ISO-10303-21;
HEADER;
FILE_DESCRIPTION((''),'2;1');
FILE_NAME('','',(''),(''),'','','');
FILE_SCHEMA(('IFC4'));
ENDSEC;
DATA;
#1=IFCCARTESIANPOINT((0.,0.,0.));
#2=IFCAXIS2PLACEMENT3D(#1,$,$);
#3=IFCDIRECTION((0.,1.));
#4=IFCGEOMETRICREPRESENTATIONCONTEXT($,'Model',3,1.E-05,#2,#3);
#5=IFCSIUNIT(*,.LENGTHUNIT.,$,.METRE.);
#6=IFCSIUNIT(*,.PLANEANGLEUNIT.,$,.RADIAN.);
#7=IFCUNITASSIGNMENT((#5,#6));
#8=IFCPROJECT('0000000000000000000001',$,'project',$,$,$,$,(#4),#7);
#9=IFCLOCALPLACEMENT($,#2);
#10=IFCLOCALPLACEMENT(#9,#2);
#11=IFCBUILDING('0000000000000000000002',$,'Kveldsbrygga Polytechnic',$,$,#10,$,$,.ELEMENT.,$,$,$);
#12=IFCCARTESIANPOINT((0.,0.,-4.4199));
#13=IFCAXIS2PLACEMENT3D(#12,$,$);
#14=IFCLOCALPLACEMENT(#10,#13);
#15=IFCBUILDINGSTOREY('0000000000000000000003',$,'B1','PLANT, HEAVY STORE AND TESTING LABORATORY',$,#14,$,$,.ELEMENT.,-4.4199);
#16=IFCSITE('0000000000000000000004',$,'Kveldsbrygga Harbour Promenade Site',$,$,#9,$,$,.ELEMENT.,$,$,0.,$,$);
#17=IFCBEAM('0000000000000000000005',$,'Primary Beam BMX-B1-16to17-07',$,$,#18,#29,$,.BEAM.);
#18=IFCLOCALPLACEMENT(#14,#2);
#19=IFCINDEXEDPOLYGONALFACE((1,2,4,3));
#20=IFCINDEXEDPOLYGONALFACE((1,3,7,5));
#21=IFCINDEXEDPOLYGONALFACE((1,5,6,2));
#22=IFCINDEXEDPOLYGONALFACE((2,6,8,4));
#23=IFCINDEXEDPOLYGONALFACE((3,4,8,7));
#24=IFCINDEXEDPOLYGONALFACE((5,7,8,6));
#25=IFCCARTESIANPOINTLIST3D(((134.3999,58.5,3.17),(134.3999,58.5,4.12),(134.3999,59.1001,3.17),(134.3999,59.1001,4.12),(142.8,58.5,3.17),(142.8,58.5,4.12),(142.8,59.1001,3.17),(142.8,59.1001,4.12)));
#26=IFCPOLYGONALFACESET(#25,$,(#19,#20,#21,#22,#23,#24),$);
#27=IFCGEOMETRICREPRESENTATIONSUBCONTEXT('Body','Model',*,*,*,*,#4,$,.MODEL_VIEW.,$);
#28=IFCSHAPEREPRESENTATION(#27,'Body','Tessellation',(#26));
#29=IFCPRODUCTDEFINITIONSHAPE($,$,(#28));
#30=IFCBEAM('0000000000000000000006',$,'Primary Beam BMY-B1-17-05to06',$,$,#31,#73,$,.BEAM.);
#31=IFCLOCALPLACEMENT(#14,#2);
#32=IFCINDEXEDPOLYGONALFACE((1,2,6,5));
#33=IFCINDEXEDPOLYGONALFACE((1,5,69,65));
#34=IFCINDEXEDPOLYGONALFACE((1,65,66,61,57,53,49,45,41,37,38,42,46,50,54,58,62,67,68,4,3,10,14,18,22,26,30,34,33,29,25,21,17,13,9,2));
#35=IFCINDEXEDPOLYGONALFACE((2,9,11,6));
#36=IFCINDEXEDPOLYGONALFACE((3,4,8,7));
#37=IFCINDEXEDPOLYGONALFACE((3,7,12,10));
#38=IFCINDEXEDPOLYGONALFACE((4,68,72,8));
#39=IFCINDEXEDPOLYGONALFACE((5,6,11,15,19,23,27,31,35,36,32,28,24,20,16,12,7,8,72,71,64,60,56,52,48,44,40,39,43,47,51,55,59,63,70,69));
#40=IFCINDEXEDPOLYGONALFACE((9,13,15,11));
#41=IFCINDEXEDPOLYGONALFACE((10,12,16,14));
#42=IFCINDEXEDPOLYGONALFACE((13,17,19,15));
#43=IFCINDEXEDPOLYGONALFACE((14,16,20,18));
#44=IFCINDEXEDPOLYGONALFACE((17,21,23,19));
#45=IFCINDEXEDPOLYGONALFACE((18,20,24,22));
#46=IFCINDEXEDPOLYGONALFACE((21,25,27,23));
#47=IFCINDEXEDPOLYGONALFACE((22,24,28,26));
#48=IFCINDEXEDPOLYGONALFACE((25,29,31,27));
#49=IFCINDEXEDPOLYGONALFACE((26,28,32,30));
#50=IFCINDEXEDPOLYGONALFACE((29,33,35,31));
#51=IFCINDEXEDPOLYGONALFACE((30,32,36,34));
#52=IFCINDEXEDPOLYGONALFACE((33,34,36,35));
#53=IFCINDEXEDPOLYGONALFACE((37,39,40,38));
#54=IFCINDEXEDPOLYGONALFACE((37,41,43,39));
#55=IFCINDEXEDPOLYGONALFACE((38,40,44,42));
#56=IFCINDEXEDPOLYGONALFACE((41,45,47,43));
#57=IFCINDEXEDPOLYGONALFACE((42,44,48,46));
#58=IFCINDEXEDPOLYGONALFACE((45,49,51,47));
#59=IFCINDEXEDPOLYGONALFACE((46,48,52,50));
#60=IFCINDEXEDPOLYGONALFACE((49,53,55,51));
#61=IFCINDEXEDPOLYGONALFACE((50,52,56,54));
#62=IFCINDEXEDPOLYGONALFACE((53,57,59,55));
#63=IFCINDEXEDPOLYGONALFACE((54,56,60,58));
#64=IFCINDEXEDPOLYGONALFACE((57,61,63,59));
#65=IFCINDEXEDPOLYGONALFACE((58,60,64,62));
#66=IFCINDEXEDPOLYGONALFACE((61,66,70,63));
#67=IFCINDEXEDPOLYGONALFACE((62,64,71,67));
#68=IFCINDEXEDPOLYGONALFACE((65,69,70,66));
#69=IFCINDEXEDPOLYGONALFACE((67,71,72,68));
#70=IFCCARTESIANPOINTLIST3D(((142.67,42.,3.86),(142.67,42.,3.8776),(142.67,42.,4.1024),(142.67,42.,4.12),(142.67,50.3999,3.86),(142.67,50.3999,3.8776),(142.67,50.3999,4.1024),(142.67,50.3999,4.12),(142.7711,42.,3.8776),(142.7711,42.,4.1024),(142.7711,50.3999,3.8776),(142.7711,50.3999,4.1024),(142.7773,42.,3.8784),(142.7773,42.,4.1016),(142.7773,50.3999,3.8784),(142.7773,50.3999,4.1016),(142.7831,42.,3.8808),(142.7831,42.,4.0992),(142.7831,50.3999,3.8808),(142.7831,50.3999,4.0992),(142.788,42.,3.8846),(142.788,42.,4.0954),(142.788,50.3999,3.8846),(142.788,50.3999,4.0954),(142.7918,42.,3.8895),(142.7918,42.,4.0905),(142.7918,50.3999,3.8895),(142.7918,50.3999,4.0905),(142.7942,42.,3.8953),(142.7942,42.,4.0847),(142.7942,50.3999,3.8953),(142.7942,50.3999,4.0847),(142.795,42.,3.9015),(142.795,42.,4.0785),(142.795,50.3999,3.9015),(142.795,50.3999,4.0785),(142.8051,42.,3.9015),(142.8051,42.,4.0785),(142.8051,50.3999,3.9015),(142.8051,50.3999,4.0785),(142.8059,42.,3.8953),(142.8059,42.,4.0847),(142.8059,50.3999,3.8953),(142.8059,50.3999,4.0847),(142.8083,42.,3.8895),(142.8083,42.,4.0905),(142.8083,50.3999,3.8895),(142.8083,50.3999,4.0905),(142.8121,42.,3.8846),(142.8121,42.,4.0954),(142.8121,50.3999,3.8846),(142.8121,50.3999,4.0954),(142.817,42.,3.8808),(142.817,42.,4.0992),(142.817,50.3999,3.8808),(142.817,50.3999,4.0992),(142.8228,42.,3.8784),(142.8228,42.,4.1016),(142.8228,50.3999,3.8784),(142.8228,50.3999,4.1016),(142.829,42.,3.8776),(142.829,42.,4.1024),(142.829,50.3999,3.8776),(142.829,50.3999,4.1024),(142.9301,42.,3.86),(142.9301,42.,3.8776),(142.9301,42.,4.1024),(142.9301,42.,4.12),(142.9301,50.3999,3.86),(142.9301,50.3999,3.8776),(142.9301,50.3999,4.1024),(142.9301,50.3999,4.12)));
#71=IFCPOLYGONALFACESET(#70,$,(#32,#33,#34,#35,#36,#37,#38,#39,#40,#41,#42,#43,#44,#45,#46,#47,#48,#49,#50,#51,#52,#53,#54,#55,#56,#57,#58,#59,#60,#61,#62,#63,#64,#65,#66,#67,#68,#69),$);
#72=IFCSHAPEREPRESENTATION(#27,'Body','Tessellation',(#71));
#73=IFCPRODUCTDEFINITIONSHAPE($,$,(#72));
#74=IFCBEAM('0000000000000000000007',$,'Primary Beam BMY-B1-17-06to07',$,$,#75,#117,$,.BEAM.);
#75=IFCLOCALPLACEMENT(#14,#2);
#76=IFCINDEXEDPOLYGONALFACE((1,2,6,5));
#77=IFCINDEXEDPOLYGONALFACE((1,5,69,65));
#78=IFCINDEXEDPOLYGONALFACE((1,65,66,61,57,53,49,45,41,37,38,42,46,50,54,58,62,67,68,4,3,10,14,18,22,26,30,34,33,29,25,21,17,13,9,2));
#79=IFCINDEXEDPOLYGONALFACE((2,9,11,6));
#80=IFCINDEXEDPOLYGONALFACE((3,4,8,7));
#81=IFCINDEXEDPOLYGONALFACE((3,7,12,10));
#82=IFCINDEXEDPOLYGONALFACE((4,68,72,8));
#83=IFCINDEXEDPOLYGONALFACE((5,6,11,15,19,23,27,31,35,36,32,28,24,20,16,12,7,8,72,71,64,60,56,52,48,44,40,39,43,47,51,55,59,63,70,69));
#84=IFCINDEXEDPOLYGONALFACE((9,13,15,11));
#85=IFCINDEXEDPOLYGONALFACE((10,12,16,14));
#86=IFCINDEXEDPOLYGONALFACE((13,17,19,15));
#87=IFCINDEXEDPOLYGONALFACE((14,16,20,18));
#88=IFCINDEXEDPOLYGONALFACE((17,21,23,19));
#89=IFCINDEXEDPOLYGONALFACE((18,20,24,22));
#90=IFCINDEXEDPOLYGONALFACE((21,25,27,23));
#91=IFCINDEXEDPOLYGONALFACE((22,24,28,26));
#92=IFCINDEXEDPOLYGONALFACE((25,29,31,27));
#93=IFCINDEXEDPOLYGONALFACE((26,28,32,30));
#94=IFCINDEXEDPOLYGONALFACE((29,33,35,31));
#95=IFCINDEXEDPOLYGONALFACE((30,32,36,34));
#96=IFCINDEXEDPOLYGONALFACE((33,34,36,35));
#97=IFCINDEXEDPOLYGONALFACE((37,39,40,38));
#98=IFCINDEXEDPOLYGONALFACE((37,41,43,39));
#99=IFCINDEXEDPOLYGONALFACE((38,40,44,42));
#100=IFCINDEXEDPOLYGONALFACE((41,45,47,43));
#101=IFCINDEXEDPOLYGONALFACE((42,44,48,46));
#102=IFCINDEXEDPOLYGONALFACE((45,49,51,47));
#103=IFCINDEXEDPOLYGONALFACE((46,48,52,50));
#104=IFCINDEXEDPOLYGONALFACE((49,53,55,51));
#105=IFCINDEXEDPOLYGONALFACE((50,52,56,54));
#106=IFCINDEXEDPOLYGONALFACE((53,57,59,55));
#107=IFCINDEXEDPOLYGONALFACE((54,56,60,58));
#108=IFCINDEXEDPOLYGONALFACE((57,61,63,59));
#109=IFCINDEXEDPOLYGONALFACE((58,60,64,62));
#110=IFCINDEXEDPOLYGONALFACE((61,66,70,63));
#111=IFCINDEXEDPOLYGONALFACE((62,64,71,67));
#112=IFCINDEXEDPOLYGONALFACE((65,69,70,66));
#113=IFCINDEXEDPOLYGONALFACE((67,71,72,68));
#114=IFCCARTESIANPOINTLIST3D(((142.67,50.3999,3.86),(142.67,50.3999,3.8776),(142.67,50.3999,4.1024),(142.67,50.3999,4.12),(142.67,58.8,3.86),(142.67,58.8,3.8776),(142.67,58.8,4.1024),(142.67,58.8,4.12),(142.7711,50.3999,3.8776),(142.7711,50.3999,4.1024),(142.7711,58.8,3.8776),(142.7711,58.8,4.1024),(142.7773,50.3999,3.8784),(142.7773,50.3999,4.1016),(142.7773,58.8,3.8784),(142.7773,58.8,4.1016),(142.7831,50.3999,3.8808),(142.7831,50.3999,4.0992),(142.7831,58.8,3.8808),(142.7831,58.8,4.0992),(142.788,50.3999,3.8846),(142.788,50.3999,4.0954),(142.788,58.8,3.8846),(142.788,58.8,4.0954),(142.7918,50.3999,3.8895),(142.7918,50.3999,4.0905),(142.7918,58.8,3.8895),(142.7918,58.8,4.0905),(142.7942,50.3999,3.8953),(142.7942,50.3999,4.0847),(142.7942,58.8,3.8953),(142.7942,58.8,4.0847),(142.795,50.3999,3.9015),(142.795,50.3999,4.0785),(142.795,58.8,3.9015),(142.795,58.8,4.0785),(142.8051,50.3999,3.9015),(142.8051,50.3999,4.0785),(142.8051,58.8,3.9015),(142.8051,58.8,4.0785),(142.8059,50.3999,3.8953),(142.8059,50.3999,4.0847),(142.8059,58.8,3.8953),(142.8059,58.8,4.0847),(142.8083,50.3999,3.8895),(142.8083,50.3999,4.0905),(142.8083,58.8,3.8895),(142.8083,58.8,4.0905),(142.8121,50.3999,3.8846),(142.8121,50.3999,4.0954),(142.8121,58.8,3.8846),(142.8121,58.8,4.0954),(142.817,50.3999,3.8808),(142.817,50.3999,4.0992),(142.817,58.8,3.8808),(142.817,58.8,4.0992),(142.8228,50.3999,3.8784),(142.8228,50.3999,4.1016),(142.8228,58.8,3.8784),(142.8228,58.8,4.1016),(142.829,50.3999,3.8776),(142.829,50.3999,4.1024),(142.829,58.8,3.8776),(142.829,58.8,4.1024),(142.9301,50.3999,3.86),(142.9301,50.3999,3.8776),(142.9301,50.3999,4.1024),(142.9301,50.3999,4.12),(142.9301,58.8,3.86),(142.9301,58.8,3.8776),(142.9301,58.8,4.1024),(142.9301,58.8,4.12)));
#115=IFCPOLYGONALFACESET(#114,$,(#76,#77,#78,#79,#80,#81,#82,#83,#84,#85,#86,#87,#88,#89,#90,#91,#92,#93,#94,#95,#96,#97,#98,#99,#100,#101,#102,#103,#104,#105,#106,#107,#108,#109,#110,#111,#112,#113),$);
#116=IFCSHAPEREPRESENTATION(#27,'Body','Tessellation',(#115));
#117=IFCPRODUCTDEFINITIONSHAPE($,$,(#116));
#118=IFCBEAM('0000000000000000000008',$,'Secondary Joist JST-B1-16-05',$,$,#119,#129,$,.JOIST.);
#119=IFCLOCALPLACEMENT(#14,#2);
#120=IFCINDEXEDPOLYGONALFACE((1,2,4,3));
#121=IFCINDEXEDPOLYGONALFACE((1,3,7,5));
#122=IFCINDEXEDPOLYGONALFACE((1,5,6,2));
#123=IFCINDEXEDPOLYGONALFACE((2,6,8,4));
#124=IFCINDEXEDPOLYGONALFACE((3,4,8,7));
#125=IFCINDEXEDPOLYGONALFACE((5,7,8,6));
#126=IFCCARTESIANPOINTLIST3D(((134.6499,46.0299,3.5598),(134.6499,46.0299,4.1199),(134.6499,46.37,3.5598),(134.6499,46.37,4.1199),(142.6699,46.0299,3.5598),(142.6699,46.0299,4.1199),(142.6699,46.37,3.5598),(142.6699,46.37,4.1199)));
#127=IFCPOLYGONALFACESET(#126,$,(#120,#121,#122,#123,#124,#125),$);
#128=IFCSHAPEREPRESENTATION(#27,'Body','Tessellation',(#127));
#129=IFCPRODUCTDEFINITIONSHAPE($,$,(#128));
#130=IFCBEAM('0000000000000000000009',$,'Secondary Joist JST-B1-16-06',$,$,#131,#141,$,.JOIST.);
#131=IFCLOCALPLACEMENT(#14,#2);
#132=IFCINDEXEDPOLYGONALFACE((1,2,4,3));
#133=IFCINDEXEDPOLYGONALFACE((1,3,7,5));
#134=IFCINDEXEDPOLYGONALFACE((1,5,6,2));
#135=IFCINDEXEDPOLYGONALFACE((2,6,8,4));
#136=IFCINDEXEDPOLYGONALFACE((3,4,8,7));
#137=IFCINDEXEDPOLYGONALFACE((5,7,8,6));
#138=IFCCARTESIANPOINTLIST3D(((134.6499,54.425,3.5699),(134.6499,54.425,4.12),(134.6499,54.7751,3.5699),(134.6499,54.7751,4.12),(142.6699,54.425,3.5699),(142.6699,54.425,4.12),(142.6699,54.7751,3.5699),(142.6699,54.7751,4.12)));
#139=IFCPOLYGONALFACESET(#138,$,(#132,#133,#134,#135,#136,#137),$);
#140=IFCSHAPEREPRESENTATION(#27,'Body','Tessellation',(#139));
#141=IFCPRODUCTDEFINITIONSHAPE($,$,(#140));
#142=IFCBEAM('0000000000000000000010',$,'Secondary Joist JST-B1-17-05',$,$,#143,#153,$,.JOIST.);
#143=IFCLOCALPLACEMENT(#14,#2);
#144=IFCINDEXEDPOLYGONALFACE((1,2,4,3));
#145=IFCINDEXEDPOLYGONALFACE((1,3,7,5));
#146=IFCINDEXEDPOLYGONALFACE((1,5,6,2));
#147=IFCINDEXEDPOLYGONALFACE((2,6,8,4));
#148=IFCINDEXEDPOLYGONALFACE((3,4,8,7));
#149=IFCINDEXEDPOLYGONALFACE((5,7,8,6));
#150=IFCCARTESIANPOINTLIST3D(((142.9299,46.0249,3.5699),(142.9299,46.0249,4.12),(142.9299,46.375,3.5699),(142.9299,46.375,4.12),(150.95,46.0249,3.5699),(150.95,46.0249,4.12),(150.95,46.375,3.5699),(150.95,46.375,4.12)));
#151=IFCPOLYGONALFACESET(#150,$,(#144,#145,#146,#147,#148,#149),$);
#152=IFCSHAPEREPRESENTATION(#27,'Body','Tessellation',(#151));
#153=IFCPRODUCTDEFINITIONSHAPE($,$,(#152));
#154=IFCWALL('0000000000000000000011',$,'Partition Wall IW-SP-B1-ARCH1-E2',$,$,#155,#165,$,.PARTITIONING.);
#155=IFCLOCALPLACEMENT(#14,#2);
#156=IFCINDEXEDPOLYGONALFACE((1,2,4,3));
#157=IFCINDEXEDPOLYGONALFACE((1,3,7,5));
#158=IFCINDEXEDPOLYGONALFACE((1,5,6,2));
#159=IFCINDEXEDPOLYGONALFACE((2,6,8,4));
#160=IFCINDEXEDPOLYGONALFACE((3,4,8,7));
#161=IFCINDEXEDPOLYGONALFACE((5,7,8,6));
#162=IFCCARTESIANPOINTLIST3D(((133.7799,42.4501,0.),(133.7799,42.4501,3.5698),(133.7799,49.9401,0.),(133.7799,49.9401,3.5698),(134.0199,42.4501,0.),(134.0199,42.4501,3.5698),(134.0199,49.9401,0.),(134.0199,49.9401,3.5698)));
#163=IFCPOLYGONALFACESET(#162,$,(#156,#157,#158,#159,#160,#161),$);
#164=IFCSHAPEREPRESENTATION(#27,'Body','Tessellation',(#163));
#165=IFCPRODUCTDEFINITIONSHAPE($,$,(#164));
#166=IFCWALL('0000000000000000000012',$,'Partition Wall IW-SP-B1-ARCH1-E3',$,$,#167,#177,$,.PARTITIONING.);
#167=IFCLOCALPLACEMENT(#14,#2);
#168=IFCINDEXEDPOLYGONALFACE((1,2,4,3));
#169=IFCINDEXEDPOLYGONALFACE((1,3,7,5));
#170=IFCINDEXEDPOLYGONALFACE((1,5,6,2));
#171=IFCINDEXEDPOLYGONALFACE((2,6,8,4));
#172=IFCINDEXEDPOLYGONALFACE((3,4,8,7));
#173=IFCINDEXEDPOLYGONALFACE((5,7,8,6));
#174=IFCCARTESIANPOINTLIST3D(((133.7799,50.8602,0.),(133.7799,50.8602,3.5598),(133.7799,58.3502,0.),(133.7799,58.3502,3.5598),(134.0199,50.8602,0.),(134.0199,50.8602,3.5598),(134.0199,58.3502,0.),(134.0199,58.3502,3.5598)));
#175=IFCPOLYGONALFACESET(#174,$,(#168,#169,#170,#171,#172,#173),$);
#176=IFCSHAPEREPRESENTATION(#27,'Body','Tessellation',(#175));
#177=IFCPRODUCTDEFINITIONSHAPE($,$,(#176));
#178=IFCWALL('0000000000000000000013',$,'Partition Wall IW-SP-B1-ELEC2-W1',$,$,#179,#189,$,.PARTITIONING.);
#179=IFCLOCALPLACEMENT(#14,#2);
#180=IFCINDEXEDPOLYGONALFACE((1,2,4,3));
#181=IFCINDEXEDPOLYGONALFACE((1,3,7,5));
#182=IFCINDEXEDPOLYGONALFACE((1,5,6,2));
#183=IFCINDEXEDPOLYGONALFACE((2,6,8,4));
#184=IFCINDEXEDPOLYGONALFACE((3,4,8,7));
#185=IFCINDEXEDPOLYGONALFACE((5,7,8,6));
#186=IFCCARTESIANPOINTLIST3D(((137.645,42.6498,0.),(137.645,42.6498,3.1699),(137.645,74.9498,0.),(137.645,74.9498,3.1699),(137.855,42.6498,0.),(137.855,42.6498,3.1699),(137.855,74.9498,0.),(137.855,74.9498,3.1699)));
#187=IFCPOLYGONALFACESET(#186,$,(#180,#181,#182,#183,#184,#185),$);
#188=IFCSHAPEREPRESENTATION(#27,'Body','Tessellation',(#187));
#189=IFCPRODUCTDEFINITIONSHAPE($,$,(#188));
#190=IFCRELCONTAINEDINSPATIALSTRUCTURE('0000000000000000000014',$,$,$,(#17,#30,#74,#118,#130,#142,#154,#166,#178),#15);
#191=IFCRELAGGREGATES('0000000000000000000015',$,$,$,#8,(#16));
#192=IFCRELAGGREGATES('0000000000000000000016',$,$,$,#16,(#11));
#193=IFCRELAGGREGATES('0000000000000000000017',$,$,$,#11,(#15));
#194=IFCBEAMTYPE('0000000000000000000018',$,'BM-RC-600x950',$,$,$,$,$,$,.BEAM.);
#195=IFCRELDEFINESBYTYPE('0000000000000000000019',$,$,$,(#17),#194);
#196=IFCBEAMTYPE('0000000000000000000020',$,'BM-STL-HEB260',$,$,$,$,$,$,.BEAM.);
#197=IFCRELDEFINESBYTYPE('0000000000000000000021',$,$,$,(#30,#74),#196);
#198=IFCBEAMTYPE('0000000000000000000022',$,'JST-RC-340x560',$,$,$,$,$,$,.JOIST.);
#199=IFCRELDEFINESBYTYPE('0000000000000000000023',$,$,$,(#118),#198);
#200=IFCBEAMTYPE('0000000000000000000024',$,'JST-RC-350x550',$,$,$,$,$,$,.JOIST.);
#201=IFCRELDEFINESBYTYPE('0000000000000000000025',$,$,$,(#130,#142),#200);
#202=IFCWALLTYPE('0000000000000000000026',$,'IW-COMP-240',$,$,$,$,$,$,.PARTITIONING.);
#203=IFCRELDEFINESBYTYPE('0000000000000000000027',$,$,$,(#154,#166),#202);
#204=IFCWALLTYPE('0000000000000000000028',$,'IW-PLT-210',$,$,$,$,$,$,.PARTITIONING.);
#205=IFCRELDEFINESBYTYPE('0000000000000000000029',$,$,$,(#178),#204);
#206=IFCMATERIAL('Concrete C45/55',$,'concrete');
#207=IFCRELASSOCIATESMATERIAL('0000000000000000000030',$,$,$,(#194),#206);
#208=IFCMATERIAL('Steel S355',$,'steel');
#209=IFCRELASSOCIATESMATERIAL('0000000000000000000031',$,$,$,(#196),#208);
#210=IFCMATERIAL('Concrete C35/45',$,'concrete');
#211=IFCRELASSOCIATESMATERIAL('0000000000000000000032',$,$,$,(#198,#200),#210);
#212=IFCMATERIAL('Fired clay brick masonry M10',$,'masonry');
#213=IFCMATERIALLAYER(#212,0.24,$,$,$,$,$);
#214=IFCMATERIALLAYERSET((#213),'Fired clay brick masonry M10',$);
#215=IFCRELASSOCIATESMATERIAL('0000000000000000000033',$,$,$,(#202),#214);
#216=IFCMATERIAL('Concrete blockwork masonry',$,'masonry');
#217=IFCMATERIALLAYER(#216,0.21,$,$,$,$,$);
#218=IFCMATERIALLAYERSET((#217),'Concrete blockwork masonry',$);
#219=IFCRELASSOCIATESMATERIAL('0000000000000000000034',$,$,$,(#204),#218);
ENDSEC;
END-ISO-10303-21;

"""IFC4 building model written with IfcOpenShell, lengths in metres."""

from ifc_helpers import new_model, si_unit, direction, frame, frame_2d, origin, origin_2d, place, context, subcontext, project, spatial, rectangle, i_section, extrude, material, layer, layer_set, material_profile, profile_set, type_object, element, save


model = new_model("IFC4")

# Units and contexts
model_context = context("Model", 3, precision=1e-05, world=origin(), true_north=direction((0.0, 1.0)))
body_context = subcontext(model_context, "Body", "Model", "MODEL_VIEW")
ifc_project = project(units=[si_unit("LENGTHUNIT", "METRE"), si_unit("PLANEANGLEUNIT", "RADIAN")], contexts=[model_context])

# Site, building, storey
site_placement = place(None, origin())
site = spatial("IfcSite", under=ifc_project, at=site_placement, Name="Kveldsbrygga Harbour Promenade Site", CompositionType="ELEMENT", RefElevation=0.0)
building_placement = place(site_placement, origin())
building = spatial("IfcBuilding", under=site, at=building_placement, Name="Kveldsbrygga Polytechnic", CompositionType="ELEMENT")
storey_placement = place(building_placement, frame((0.0, 0.0, -4.4199)))
storey = spatial("IfcBuildingStorey", under=building, at=storey_placement, Name="B1", Description="PLANT, HEAVY STORE AND TESTING LABORATORY", CompositionType="ELEMENT", Elevation=-4.4199)

# Shared definitions
ifc_material_1 = material(Name="Concrete C45/55", Category="concrete")

# Beams
ifc_material_2 = material(Name="Concrete C35/45", Category="concrete")
ifc_material_profile_1 = material_profile(ifc_material_1, rectangle(XDim=0.6001, YDim=0.95, at=origin_2d()), Name="RC 600x950")
ifc_profile_set_1 = profile_set([ifc_material_profile_1], Name="Concrete C45/55")
beam_type_1 = type_object("IfcBeamType", Name="BM-RC-600x950", PredefinedType="BEAM", material=ifc_profile_set_1)
beam_1_placement = place(storey_placement, frame((134.3999, 58.8, 3.645), z_axis=(1.0, 0.0, 0.0), x_axis=(0.0, 1.0, 0.0)))
element("IfcBeam", 1, at=beam_1_placement, inside=storey, type_object=beam_type_1, Name="Primary Beam BMX-B1-16to17-07", PredefinedType="BEAM", context=body_context, shape_type="SweptSolid", body=[
    extrude(rectangle(XDim=0.6001, YDim=0.95, at=origin_2d()), origin(), (0.0, 0.0, 1.0), 8.4001),
])
ifc_material_3 = material(Name="Steel S355", Category="steel")
ifc_material_profile_2 = material_profile(ifc_material_3, i_section(OverallWidth=0.26, OverallDepth=0.26, WebThickness=0.01, FlangeThickness=0.0176, FilletRadius=0.0239, at=origin_2d()), Name="HEB 260")
ifc_profile_set_2 = profile_set([ifc_material_profile_2], Name="Steel S355")
beam_type_2 = type_object("IfcBeamType", Name="BM-STL-HEB260", PredefinedType="BEAM", material=ifc_profile_set_2)
beam_2_placement = place(storey_placement, frame((142.8, 42.0, 3.99), z_axis=(0.0, 1.0, 0.0), x_axis=(-1.0, 0.0, 0.0)))
element("IfcBeam", 2, at=beam_2_placement, inside=storey, type_object=beam_type_2, Name="Primary Beam BMY-B1-17-05to06", PredefinedType="BEAM", context=body_context, shape_type="SweptSolid", body=[
    extrude(i_section(OverallWidth=0.26, OverallDepth=0.26, WebThickness=0.01, FlangeThickness=0.0176, FilletRadius=0.0239, at=origin_2d()), origin(), (0.0, 0.0, 1.0), 8.3999),
])
beam_3_placement = place(storey_placement, frame((142.8, 50.3999, 3.99), z_axis=(0.0, 1.0, 0.0), x_axis=(-1.0, 0.0, 0.0)))
element("IfcBeam", 3, at=beam_3_placement, inside=storey, type_object=beam_type_2, Name="Primary Beam BMY-B1-17-06to07", PredefinedType="BEAM", context=body_context, shape_type="SweptSolid", body=[
    extrude(i_section(OverallWidth=0.26, OverallDepth=0.26, WebThickness=0.01, FlangeThickness=0.0176, FilletRadius=0.0239, at=origin_2d()), origin(), (0.0, 0.0, 1.0), 8.4001),
])
ifc_material_profile_3 = material_profile(ifc_material_2, rectangle(XDim=0.3401, YDim=0.5601, at=origin_2d()), Name="RC 340x560")
ifc_profile_set_3 = profile_set([ifc_material_profile_3], Name="Concrete C35/45")
beam_type_3 = type_object("IfcBeamType", Name="JST-RC-340x560", PredefinedType="JOIST", material=ifc_profile_set_3)
beam_4_placement = place(storey_placement, frame((134.6499, 46.2, 3.8398), z_axis=(1.0, 0.0, 0.0), x_axis=(0.0, 1.0, 0.0)))
element("IfcBeam", 4, at=beam_4_placement, inside=storey, type_object=beam_type_3, Name="Secondary Joist JST-B1-16-05", PredefinedType="JOIST", context=body_context, shape_type="SweptSolid", body=[
    extrude(rectangle(XDim=0.3401, YDim=0.5601, at=origin_2d()), origin(), (0.0, 0.0, 1.0), 8.02),
])
ifc_material_profile_4 = material_profile(ifc_material_2, rectangle(XDim=0.3501, YDim=0.55, at=origin_2d()), Name="RC 350x550")
ifc_profile_set_4 = profile_set([ifc_material_profile_4], Name="Concrete C35/45")
beam_type_4 = type_object("IfcBeamType", Name="JST-RC-350x550", PredefinedType="JOIST", material=ifc_profile_set_4)
for number, where, z_axis, x_axis, name in (
    (5, (134.6499, 54.6001, 3.845), (1.0, 0.0, 0.0), (0.0, 1.0, 0.0), "Secondary Joist JST-B1-16-06"),
    (6, (142.9299, 46.2, 3.845), (1.0, 0.0, 0.0), (0.0, 1.0, 0.0), "Secondary Joist JST-B1-17-05"),
):
    element("IfcBeam", number, at=place(storey_placement, frame(where, z_axis=z_axis, x_axis=x_axis)), inside=storey, type_object=beam_type_4, Name=name, PredefinedType="JOIST", context=body_context, shape_type="SweptSolid", body=[
        extrude(rectangle(XDim=0.3501, YDim=0.55, at=origin_2d()), origin(), (0.0, 0.0, 1.0), 8.02),
    ])

# Walls
ifc_material_4 = material(Name="Fired clay brick masonry M10", Category="masonry")
ifc_layer_1 = layer(ifc_material_4, 0.24)
ifc_layer_set_1 = layer_set([ifc_layer_1], Name="Fired clay brick masonry M10")
wall_type_1 = type_object("IfcWallType", Name="IW-COMP-240", PredefinedType="PARTITIONING", material=ifc_layer_set_1)
wall_1_placement = place(storey_placement, frame((133.8999, 42.45, 0.0), z_axis=(0.0, 0.0, 1.0), x_axis=(0.0, 1.0, 0.0)))
element("IfcWall", 7, at=wall_1_placement, inside=storey, type_object=wall_type_1, Name="Partition Wall IW-SP-B1-ARCH1-E2", PredefinedType="PARTITIONING", context=body_context, shape_type="SweptSolid", body=[
    extrude(rectangle(XDim=7.49, YDim=0.24, at=frame_2d((3.7451, 0.0))), origin(), (0.0, 0.0, 1.0), 3.5698),
])
wall_2_placement = place(storey_placement, frame((133.8999, 50.8601, 0.0), z_axis=(0.0, 0.0, 1.0), x_axis=(0.0, 1.0, 0.0)))
element("IfcWall", 8, at=wall_2_placement, inside=storey, type_object=wall_type_1, Name="Partition Wall IW-SP-B1-ARCH1-E3", PredefinedType="PARTITIONING", context=body_context, shape_type="SweptSolid", body=[
    extrude(rectangle(XDim=7.49, YDim=0.24, at=frame_2d((3.7451, 0.0))), origin(), (0.0, 0.0, 1.0), 3.5598),
])
ifc_material_5 = material(Name="Concrete blockwork masonry", Category="masonry")
ifc_layer_2 = layer(ifc_material_5, 0.21)
ifc_layer_set_2 = layer_set([ifc_layer_2], Name="Concrete blockwork masonry")
wall_type_2 = type_object("IfcWallType", Name="IW-PLT-210", PredefinedType="PARTITIONING", material=ifc_layer_set_2)
wall_3_placement = place(storey_placement, frame((137.75, 42.6499, 0.0), z_axis=(0.0, 0.0, 1.0), x_axis=(0.0, 1.0, 0.0)))
element("IfcWall", 9, at=wall_3_placement, inside=storey, type_object=wall_type_2, Name="Partition Wall IW-SP-B1-ELEC2-W1", PredefinedType="PARTITIONING", context=body_context, shape_type="SweptSolid", body=[
    extrude(rectangle(XDim=32.3, YDim=0.21, at=frame_2d((16.1499, 0.0))), origin(), (0.0, 0.0, 1.0), 3.1699),
])

save(model, "model.ifc")
